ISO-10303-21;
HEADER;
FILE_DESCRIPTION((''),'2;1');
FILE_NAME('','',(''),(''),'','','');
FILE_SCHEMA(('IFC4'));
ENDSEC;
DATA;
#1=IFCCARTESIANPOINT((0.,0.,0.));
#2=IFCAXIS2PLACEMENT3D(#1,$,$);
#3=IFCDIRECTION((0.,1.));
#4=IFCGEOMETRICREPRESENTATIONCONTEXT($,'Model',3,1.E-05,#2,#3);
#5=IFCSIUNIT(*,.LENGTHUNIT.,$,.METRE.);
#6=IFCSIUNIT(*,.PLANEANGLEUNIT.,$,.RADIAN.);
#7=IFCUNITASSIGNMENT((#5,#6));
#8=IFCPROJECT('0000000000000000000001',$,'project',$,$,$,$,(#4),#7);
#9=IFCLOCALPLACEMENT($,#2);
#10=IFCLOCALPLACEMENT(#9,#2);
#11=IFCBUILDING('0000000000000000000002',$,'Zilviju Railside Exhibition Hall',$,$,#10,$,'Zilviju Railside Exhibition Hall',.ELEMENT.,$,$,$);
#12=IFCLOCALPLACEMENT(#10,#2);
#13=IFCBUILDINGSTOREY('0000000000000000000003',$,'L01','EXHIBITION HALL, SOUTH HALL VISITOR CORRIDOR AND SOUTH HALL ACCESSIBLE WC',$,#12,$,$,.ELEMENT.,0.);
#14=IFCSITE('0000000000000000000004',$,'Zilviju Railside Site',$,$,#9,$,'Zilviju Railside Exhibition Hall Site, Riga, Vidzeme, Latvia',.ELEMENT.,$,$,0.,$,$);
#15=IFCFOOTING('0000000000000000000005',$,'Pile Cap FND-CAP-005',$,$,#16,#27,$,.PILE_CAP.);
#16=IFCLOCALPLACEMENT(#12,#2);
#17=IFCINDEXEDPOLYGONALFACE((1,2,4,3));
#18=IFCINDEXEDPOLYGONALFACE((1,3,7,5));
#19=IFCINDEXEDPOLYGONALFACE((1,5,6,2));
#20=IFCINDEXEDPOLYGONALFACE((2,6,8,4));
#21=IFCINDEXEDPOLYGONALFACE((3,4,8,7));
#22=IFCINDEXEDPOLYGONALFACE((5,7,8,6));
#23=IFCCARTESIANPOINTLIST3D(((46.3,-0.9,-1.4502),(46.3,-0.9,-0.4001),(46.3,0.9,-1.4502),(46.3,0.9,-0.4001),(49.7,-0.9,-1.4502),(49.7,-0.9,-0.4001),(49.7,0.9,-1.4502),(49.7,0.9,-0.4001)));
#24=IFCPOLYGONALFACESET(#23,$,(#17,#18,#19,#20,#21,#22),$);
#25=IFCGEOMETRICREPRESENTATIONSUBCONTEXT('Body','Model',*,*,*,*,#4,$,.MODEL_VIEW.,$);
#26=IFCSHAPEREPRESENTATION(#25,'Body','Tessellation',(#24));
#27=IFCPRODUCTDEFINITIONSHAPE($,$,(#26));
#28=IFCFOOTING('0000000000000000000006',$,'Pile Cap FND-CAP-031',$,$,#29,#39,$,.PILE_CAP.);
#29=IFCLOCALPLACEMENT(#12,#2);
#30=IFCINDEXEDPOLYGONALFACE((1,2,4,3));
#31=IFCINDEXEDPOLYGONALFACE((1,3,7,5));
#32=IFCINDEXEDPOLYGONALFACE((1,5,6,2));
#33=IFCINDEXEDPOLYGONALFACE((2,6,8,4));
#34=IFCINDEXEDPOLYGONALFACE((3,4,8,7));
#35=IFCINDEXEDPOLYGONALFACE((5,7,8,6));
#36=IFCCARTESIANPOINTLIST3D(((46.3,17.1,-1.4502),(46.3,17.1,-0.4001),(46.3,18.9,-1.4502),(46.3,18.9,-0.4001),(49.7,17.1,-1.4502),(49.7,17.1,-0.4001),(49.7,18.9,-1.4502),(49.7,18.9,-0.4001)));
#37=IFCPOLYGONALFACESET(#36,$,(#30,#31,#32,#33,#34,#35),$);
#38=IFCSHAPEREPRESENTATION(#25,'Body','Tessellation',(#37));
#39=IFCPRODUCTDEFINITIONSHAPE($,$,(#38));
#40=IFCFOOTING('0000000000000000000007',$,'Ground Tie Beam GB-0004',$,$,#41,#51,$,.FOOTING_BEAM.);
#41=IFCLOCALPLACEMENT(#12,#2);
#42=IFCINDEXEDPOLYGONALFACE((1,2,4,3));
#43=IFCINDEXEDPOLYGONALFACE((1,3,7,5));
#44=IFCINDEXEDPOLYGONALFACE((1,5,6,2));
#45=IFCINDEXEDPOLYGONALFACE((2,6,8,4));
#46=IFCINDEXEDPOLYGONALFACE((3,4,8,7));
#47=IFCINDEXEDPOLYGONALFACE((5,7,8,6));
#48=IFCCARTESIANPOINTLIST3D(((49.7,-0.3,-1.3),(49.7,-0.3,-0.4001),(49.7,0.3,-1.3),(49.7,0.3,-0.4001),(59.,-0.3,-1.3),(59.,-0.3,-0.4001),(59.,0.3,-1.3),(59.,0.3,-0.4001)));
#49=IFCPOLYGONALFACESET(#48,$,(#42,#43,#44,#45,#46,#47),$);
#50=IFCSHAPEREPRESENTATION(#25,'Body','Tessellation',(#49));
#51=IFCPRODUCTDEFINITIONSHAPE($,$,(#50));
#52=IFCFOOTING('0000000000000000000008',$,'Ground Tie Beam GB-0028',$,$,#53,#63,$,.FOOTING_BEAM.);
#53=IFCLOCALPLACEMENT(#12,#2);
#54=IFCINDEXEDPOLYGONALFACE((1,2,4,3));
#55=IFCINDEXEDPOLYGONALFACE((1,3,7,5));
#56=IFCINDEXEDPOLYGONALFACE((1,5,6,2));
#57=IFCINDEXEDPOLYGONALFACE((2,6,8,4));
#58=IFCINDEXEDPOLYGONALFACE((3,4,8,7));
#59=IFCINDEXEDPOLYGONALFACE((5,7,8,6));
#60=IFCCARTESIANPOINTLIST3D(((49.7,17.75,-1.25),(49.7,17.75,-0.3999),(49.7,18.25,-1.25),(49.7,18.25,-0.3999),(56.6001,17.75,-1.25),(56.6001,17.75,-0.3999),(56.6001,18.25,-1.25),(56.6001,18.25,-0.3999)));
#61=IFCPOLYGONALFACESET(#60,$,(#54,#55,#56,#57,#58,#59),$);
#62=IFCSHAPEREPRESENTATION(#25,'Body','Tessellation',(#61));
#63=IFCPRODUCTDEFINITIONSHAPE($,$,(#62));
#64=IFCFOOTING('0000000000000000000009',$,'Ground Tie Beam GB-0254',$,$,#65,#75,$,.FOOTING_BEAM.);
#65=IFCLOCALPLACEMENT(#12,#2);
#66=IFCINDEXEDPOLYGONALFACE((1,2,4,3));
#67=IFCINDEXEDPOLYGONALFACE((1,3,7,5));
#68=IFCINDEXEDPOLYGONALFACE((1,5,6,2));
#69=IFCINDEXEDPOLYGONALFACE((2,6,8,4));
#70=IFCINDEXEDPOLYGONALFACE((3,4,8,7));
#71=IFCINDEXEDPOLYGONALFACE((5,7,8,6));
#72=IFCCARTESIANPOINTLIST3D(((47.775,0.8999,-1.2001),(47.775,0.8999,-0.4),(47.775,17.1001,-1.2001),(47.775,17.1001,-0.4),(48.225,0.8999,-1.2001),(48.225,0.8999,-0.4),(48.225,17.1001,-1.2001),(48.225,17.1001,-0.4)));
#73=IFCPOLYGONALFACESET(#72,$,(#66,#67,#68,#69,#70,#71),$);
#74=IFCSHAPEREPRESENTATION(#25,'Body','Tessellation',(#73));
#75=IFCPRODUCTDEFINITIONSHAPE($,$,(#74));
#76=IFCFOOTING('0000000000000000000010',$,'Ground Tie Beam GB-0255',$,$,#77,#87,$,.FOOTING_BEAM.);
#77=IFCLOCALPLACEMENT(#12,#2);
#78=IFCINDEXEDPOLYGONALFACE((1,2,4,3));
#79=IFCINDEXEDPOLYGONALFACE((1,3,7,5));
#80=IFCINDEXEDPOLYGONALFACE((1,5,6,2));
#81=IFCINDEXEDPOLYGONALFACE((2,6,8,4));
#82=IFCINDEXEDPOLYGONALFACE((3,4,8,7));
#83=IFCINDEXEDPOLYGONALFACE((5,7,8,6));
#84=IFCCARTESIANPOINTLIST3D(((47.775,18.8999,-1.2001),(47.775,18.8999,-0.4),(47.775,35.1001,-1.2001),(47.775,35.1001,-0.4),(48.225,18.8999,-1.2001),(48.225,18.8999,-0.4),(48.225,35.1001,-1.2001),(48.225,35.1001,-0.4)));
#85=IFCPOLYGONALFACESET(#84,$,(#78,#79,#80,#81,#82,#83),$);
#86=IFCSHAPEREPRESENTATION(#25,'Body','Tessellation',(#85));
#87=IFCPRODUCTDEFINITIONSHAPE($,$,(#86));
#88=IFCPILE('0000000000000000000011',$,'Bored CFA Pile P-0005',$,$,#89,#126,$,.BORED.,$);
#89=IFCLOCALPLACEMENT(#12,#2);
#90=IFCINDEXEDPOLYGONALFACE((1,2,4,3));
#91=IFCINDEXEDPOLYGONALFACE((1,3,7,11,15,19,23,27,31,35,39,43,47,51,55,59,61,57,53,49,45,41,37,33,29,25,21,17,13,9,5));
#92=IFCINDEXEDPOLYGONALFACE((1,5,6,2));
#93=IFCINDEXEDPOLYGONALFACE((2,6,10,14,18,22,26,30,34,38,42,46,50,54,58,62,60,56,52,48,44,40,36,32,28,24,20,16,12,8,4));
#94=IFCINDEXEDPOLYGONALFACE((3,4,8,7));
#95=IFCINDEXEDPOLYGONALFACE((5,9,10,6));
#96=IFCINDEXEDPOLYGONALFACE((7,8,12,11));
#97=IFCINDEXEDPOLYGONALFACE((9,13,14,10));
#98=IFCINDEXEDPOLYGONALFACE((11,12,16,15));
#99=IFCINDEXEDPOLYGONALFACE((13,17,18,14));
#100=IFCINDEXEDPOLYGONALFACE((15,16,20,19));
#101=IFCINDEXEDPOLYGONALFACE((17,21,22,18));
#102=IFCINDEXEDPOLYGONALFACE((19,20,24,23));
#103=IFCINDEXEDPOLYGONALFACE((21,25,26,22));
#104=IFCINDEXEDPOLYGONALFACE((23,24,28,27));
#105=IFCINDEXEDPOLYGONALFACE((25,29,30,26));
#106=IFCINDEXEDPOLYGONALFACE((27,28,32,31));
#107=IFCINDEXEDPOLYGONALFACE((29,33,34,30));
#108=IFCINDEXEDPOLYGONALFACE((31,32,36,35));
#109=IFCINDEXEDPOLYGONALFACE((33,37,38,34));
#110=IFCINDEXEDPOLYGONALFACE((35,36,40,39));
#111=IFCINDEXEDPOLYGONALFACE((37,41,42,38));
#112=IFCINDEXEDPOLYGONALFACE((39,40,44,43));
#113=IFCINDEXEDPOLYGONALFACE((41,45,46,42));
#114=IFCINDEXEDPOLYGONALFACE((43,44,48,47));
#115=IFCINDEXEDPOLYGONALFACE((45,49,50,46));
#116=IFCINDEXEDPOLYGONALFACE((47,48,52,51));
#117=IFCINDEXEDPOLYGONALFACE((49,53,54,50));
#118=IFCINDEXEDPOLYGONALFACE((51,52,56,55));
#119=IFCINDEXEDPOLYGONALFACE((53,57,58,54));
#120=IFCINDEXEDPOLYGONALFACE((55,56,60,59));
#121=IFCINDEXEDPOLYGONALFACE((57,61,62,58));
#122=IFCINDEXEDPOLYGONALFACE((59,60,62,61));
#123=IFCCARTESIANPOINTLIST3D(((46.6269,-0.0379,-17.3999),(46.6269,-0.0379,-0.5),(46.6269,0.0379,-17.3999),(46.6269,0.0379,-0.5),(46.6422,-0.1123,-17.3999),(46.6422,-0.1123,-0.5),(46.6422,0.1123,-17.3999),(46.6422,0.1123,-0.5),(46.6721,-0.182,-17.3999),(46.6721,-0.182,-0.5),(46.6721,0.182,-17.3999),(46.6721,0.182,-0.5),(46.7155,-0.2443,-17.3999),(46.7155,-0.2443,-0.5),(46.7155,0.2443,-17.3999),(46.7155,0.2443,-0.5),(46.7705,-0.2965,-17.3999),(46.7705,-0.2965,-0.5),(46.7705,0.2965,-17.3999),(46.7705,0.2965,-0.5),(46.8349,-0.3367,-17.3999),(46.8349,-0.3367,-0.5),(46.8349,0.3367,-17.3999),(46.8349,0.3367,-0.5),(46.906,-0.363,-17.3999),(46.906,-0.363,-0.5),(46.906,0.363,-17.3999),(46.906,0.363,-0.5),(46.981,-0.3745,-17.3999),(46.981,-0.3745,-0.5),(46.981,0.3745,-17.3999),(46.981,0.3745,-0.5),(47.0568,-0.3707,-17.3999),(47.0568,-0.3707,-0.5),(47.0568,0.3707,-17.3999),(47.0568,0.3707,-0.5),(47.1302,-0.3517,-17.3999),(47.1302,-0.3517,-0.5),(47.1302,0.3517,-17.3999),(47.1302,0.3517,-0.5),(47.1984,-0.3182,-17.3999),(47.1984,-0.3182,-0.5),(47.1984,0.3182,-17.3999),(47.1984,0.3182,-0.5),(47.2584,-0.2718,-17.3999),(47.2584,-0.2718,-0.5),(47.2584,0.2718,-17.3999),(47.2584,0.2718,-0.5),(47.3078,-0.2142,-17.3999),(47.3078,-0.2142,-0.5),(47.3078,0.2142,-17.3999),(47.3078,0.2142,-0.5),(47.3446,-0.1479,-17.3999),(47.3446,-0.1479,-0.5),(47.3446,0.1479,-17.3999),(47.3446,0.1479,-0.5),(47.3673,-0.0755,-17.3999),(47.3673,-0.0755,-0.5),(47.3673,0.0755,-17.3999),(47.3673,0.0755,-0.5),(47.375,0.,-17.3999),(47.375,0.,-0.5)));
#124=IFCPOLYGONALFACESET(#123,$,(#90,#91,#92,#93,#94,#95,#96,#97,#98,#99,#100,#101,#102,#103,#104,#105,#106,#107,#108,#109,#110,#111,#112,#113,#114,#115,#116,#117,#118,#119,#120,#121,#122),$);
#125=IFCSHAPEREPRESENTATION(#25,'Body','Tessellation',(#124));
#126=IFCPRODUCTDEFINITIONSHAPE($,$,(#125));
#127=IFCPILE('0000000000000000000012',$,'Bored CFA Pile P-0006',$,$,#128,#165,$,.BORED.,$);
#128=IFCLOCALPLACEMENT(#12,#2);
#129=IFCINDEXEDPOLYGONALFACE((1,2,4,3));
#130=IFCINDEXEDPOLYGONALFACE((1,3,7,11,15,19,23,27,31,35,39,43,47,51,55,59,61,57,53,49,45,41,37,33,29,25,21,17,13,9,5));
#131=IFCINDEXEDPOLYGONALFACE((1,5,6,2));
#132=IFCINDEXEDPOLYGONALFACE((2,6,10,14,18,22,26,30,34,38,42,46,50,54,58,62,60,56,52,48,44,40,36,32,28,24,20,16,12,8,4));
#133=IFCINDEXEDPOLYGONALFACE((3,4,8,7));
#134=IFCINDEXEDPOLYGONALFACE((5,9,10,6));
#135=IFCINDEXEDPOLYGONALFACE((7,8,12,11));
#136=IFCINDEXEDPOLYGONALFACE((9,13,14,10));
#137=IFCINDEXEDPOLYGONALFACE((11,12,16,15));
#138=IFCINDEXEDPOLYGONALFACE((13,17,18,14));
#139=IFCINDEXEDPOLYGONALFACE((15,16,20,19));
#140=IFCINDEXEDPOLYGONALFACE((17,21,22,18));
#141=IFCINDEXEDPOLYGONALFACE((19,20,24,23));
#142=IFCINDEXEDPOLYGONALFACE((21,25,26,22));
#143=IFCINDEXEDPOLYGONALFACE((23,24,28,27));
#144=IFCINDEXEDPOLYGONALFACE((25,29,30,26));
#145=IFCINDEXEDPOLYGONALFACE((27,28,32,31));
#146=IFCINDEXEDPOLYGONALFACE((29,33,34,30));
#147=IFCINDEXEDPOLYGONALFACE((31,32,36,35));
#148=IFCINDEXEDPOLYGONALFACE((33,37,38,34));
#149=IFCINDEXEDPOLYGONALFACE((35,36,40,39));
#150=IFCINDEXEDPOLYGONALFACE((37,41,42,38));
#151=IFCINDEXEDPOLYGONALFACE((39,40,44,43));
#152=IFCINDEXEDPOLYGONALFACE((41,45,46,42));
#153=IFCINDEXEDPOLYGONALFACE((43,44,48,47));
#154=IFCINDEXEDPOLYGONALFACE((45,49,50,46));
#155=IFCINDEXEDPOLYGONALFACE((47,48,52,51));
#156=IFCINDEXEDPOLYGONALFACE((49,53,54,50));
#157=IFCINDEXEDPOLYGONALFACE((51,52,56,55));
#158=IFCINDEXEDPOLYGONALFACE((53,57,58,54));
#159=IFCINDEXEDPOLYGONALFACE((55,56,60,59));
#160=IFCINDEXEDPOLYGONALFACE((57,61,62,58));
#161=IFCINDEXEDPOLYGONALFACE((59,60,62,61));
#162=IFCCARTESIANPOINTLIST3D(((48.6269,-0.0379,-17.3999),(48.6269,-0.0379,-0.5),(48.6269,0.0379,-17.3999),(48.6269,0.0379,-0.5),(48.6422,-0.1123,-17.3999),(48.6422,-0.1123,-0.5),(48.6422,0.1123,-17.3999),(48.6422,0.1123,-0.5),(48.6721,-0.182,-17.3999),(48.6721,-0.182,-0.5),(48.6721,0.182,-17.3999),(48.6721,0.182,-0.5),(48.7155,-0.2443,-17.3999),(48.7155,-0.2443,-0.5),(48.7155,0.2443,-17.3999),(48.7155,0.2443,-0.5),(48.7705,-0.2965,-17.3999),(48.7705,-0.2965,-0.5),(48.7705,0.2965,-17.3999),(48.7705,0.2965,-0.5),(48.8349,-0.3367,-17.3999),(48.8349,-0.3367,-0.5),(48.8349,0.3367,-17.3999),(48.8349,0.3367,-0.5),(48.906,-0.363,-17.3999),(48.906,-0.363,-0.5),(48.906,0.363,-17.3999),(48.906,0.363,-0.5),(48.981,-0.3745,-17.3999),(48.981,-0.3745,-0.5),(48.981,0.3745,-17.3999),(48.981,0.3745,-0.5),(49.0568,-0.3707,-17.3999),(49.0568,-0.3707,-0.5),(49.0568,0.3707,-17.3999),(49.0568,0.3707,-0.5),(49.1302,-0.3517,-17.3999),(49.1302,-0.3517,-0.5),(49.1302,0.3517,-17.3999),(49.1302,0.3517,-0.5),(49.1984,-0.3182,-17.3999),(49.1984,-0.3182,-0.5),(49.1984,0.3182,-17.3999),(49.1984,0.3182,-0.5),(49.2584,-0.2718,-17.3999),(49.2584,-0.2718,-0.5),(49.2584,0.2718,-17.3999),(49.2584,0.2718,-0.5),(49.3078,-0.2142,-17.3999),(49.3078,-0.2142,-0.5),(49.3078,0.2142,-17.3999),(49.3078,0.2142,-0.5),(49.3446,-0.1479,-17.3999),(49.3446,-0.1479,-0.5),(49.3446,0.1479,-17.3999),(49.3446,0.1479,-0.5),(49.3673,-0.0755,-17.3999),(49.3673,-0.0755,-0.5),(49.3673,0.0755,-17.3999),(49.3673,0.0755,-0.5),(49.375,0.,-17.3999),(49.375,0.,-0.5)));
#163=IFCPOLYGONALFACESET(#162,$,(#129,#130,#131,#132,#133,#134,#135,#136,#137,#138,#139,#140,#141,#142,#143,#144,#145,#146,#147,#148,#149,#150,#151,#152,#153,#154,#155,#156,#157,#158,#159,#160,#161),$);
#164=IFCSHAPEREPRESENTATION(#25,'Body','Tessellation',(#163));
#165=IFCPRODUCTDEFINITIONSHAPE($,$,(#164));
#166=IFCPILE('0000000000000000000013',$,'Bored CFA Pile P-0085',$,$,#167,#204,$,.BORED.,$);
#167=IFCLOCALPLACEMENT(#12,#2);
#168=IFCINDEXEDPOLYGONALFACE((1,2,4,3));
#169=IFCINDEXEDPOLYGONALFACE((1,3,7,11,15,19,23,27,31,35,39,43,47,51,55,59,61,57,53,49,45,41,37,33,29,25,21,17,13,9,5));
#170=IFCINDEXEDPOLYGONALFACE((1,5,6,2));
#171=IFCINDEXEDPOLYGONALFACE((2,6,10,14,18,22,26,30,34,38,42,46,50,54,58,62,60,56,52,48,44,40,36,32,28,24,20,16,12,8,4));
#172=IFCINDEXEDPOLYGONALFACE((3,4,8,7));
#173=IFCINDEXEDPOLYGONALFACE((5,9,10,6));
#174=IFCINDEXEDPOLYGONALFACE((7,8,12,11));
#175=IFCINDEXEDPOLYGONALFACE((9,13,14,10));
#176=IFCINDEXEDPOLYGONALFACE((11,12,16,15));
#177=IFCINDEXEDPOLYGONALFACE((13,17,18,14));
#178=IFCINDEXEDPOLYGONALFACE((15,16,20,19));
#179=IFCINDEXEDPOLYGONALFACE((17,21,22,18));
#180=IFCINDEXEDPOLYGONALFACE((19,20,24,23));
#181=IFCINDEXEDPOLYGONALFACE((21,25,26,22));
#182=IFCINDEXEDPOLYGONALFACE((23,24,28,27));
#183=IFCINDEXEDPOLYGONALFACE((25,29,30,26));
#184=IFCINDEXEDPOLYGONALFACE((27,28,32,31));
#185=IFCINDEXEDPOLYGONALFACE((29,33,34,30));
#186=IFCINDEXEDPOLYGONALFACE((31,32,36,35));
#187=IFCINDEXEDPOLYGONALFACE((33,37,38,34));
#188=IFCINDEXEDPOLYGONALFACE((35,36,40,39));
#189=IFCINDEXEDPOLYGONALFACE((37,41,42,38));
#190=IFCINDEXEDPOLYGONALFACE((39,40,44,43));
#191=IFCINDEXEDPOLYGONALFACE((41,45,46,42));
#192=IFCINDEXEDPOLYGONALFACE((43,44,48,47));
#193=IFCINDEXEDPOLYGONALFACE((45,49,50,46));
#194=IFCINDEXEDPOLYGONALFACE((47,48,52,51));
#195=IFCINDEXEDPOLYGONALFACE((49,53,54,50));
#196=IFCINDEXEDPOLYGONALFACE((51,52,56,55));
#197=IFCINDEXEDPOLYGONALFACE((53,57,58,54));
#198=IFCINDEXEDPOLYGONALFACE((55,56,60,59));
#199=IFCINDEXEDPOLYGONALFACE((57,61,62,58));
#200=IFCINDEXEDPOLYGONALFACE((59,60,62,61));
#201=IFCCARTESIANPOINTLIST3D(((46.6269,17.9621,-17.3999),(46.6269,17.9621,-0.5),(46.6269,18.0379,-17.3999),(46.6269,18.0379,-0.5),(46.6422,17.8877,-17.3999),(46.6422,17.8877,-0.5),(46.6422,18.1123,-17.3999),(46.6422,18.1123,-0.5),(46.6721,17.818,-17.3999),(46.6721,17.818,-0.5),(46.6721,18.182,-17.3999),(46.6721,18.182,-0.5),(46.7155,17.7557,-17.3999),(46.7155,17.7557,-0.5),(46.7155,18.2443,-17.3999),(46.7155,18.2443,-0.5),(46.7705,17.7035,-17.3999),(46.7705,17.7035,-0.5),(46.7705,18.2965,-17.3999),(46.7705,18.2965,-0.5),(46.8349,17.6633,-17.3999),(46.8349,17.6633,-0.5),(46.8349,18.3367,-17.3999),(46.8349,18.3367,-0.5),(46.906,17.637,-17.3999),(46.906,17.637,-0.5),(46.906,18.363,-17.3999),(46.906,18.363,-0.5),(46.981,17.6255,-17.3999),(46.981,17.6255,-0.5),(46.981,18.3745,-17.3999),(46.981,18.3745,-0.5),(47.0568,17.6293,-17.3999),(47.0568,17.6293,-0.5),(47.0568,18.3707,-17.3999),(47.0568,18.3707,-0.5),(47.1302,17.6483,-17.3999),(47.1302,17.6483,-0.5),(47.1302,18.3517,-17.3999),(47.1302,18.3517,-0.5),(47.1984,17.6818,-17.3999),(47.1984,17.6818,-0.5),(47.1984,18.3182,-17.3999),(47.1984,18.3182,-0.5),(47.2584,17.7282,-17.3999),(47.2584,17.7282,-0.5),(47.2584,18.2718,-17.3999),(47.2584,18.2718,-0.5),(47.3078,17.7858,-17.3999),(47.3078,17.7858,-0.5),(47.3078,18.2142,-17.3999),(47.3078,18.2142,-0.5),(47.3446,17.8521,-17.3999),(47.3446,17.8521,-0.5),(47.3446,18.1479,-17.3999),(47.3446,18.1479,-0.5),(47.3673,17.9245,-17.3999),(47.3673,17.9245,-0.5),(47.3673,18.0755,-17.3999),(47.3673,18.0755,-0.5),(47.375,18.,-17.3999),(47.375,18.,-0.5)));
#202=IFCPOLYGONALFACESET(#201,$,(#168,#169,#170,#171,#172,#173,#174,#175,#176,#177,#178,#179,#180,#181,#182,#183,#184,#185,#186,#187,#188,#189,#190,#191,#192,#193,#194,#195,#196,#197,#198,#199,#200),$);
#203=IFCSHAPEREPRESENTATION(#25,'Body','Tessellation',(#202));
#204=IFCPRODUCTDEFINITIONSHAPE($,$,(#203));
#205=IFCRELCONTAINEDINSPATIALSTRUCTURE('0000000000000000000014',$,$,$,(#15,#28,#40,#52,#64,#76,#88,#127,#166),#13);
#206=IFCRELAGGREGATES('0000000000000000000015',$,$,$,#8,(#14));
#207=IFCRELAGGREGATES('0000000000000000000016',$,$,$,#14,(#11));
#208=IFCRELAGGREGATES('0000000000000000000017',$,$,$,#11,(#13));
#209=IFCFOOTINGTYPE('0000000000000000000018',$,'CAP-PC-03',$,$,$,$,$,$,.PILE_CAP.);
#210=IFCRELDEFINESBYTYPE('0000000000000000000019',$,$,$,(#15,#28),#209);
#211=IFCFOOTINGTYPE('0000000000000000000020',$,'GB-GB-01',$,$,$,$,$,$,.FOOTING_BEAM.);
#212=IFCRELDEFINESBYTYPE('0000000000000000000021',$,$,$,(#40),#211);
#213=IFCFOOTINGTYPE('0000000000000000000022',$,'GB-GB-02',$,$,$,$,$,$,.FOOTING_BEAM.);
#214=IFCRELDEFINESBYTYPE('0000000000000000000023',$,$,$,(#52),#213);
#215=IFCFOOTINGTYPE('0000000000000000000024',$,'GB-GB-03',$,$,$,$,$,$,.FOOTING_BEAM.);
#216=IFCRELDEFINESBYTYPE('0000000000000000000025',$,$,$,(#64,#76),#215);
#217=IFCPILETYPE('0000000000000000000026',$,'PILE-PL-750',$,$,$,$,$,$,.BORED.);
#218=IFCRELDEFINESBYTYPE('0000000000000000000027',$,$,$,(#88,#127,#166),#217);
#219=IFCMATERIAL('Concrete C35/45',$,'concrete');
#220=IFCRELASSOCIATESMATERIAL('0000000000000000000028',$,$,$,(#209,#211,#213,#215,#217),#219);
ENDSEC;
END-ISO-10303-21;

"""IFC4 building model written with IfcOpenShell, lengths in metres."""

from ifc_helpers import new_model, si_unit, direction, frame, origin, origin_2d, place, context, subcontext, project, spatial, rectangle, circle, extrude, material, material_profile, profile_set, type_object, element, save


model = new_model("IFC4")

# Units and contexts
model_context = context("Model", 3, precision=1e-05, world=origin(), true_north=direction((0.0, 1.0)))
body_context = subcontext(model_context, "Body", "Model", "MODEL_VIEW")
ifc_project = project(units=[si_unit("LENGTHUNIT", "METRE"), si_unit("PLANEANGLEUNIT", "RADIAN")], contexts=[model_context])

# Site, building, storey
site_placement = place(None, origin())
site = spatial("IfcSite", under=ifc_project, at=site_placement, Name="Zilviju Railside Site", LongName="Zilviju Railside Exhibition Hall Site, Riga, Vidzeme, Latvia", CompositionType="ELEMENT", RefElevation=0.0)
building_placement = place(site_placement, origin())
building = spatial("IfcBuilding", under=site, at=building_placement, Name="Zilviju Railside Exhibition Hall", LongName="Zilviju Railside Exhibition Hall", CompositionType="ELEMENT")
storey_placement = place(building_placement, origin())
storey = spatial("IfcBuildingStorey", under=building, at=storey_placement, Name="L01", Description="EXHIBITION HALL, SOUTH HALL VISITOR CORRIDOR AND SOUTH HALL ACCESSIBLE WC", CompositionType="ELEMENT", Elevation=0.0)

# Footings
ifc_material_1 = material(Name="Concrete C35/45", Category="concrete")
footing_type_1 = type_object("IfcFootingType", Name="CAP-PC-03", PredefinedType="PILE_CAP", material=ifc_material_1)
for number, where, z_axis, x_axis, name in (
    (1, (48.0, 0.0, -1.4502), (0.0, 0.0, 1.0), (1.0, 0.0, 0.0), "Pile Cap FND-CAP-005"),
    (2, (48.0, 18.0, -1.4502), (0.0, 0.0, 1.0), (1.0, 0.0, 0.0), "Pile Cap FND-CAP-031"),
):
    element("IfcFooting", number, at=place(storey_placement, frame(where, z_axis=z_axis, x_axis=x_axis)), inside=storey, type_object=footing_type_1, Name=name, PredefinedType="PILE_CAP", context=body_context, shape_type="SweptSolid", body=[
        extrude(rectangle(XDim=3.3999, YDim=1.8, at=origin_2d()), origin(), (0.0, 0.0, 1.0), 1.05),
    ])
ifc_material_profile_1 = material_profile(ifc_material_1, rectangle(XDim=0.6001, YDim=0.8999, at=origin_2d()), Name="TIE BEAM 600x900")
ifc_profile_set_1 = profile_set([ifc_material_profile_1], Name="Concrete C35/45")
footing_type_2 = type_object("IfcFootingType", Name="GB-GB-01", PredefinedType="FOOTING_BEAM", material=ifc_profile_set_1)
footing_1_placement = place(storey_placement, frame((49.7, 0.0, -0.8501), z_axis=(1.0, 0.0, 0.0), x_axis=(0.0, 1.0, 0.0)))
element("IfcFooting", 3, at=footing_1_placement, inside=storey, type_object=footing_type_2, Name="Ground Tie Beam GB-0004", PredefinedType="FOOTING_BEAM", context=body_context, shape_type="SweptSolid", body=[
    extrude(rectangle(XDim=0.6001, YDim=0.8999, at=origin_2d()), origin(), (0.0, 0.0, 1.0), 9.3),
])
ifc_material_profile_2 = material_profile(ifc_material_1, rectangle(XDim=0.5, YDim=0.8501, at=origin_2d()), Name="TIE BEAM 500x850")
ifc_profile_set_2 = profile_set([ifc_material_profile_2], Name="Concrete C35/45")
footing_type_3 = type_object("IfcFootingType", Name="GB-GB-02", PredefinedType="FOOTING_BEAM", material=ifc_profile_set_2)
footing_2_placement = place(storey_placement, frame((49.7, 18.0, -0.825), z_axis=(1.0, 0.0, 0.0), x_axis=(0.0, 1.0, 0.0)))
element("IfcFooting", 4, at=footing_2_placement, inside=storey, type_object=footing_type_3, Name="Ground Tie Beam GB-0028", PredefinedType="FOOTING_BEAM", context=body_context, shape_type="SweptSolid", body=[
    extrude(rectangle(XDim=0.5, YDim=0.8501, at=origin_2d()), origin(), (0.0, 0.0, 1.0), 6.9001),
])
ifc_material_profile_3 = material_profile(ifc_material_1, rectangle(XDim=0.45, YDim=0.8, at=origin_2d()), Name="TIE BEAM 450x800")
ifc_profile_set_3 = profile_set([ifc_material_profile_3], Name="Concrete C35/45")
footing_type_4 = type_object("IfcFootingType", Name="GB-GB-03", PredefinedType="FOOTING_BEAM", material=ifc_profile_set_3)
for number, where, z_axis, x_axis, name in (
    (5, (48.0, 0.8999, -0.8), (0.0, 1.0, 0.0), (-1.0, 0.0, 0.0), "Ground Tie Beam GB-0254"),
    (6, (48.0, 18.8999, -0.8), (0.0, 1.0, 0.0), (-1.0, 0.0, 0.0), "Ground Tie Beam GB-0255"),
):
    element("IfcFooting", number, at=place(storey_placement, frame(where, z_axis=z_axis, x_axis=x_axis)), inside=storey, type_object=footing_type_4, Name=name, PredefinedType="FOOTING_BEAM", context=body_context, shape_type="SweptSolid", body=[
        extrude(rectangle(XDim=0.45, YDim=0.8, at=origin_2d()), origin(), (0.0, 0.0, 1.0), 16.2002),
    ])

# Piles
ifc_material_profile_4 = material_profile(ifc_material_1, circle(Radius=0.375, at=origin_2d()), Name="CFA PILE D750")
ifc_profile_set_4 = profile_set([ifc_material_profile_4], Name="Concrete C35/45")
pile_type = type_object("IfcPileType", Name="PILE-PL-750", PredefinedType="BORED", material=ifc_profile_set_4)
for number, where, z_axis, x_axis, name in (
    (7, (47.0, 0.0, -0.5), (0.0, 0.0, -1.0), (1.0, 0.0, 0.0), "Bored CFA Pile P-0005"),
    (8, (49.0, 0.0, -0.5), (0.0, 0.0, -1.0), (1.0, 0.0, 0.0), "Bored CFA Pile P-0006"),
    (9, (47.0, 18.0, -0.5), (0.0, 0.0, -1.0), (1.0, 0.0, 0.0), "Bored CFA Pile P-0085"),
):
    element("IfcPile", number, at=place(storey_placement, frame(where, z_axis=z_axis, x_axis=x_axis)), inside=storey, type_object=pile_type, Name=name, PredefinedType="BORED", context=body_context, shape_type="SweptSolid", body=[
        extrude(circle(Radius=0.375, at=origin_2d()), origin(), (0.0, 0.0, 1.0), 16.8999),
    ])

save(model, "model.ifc")
